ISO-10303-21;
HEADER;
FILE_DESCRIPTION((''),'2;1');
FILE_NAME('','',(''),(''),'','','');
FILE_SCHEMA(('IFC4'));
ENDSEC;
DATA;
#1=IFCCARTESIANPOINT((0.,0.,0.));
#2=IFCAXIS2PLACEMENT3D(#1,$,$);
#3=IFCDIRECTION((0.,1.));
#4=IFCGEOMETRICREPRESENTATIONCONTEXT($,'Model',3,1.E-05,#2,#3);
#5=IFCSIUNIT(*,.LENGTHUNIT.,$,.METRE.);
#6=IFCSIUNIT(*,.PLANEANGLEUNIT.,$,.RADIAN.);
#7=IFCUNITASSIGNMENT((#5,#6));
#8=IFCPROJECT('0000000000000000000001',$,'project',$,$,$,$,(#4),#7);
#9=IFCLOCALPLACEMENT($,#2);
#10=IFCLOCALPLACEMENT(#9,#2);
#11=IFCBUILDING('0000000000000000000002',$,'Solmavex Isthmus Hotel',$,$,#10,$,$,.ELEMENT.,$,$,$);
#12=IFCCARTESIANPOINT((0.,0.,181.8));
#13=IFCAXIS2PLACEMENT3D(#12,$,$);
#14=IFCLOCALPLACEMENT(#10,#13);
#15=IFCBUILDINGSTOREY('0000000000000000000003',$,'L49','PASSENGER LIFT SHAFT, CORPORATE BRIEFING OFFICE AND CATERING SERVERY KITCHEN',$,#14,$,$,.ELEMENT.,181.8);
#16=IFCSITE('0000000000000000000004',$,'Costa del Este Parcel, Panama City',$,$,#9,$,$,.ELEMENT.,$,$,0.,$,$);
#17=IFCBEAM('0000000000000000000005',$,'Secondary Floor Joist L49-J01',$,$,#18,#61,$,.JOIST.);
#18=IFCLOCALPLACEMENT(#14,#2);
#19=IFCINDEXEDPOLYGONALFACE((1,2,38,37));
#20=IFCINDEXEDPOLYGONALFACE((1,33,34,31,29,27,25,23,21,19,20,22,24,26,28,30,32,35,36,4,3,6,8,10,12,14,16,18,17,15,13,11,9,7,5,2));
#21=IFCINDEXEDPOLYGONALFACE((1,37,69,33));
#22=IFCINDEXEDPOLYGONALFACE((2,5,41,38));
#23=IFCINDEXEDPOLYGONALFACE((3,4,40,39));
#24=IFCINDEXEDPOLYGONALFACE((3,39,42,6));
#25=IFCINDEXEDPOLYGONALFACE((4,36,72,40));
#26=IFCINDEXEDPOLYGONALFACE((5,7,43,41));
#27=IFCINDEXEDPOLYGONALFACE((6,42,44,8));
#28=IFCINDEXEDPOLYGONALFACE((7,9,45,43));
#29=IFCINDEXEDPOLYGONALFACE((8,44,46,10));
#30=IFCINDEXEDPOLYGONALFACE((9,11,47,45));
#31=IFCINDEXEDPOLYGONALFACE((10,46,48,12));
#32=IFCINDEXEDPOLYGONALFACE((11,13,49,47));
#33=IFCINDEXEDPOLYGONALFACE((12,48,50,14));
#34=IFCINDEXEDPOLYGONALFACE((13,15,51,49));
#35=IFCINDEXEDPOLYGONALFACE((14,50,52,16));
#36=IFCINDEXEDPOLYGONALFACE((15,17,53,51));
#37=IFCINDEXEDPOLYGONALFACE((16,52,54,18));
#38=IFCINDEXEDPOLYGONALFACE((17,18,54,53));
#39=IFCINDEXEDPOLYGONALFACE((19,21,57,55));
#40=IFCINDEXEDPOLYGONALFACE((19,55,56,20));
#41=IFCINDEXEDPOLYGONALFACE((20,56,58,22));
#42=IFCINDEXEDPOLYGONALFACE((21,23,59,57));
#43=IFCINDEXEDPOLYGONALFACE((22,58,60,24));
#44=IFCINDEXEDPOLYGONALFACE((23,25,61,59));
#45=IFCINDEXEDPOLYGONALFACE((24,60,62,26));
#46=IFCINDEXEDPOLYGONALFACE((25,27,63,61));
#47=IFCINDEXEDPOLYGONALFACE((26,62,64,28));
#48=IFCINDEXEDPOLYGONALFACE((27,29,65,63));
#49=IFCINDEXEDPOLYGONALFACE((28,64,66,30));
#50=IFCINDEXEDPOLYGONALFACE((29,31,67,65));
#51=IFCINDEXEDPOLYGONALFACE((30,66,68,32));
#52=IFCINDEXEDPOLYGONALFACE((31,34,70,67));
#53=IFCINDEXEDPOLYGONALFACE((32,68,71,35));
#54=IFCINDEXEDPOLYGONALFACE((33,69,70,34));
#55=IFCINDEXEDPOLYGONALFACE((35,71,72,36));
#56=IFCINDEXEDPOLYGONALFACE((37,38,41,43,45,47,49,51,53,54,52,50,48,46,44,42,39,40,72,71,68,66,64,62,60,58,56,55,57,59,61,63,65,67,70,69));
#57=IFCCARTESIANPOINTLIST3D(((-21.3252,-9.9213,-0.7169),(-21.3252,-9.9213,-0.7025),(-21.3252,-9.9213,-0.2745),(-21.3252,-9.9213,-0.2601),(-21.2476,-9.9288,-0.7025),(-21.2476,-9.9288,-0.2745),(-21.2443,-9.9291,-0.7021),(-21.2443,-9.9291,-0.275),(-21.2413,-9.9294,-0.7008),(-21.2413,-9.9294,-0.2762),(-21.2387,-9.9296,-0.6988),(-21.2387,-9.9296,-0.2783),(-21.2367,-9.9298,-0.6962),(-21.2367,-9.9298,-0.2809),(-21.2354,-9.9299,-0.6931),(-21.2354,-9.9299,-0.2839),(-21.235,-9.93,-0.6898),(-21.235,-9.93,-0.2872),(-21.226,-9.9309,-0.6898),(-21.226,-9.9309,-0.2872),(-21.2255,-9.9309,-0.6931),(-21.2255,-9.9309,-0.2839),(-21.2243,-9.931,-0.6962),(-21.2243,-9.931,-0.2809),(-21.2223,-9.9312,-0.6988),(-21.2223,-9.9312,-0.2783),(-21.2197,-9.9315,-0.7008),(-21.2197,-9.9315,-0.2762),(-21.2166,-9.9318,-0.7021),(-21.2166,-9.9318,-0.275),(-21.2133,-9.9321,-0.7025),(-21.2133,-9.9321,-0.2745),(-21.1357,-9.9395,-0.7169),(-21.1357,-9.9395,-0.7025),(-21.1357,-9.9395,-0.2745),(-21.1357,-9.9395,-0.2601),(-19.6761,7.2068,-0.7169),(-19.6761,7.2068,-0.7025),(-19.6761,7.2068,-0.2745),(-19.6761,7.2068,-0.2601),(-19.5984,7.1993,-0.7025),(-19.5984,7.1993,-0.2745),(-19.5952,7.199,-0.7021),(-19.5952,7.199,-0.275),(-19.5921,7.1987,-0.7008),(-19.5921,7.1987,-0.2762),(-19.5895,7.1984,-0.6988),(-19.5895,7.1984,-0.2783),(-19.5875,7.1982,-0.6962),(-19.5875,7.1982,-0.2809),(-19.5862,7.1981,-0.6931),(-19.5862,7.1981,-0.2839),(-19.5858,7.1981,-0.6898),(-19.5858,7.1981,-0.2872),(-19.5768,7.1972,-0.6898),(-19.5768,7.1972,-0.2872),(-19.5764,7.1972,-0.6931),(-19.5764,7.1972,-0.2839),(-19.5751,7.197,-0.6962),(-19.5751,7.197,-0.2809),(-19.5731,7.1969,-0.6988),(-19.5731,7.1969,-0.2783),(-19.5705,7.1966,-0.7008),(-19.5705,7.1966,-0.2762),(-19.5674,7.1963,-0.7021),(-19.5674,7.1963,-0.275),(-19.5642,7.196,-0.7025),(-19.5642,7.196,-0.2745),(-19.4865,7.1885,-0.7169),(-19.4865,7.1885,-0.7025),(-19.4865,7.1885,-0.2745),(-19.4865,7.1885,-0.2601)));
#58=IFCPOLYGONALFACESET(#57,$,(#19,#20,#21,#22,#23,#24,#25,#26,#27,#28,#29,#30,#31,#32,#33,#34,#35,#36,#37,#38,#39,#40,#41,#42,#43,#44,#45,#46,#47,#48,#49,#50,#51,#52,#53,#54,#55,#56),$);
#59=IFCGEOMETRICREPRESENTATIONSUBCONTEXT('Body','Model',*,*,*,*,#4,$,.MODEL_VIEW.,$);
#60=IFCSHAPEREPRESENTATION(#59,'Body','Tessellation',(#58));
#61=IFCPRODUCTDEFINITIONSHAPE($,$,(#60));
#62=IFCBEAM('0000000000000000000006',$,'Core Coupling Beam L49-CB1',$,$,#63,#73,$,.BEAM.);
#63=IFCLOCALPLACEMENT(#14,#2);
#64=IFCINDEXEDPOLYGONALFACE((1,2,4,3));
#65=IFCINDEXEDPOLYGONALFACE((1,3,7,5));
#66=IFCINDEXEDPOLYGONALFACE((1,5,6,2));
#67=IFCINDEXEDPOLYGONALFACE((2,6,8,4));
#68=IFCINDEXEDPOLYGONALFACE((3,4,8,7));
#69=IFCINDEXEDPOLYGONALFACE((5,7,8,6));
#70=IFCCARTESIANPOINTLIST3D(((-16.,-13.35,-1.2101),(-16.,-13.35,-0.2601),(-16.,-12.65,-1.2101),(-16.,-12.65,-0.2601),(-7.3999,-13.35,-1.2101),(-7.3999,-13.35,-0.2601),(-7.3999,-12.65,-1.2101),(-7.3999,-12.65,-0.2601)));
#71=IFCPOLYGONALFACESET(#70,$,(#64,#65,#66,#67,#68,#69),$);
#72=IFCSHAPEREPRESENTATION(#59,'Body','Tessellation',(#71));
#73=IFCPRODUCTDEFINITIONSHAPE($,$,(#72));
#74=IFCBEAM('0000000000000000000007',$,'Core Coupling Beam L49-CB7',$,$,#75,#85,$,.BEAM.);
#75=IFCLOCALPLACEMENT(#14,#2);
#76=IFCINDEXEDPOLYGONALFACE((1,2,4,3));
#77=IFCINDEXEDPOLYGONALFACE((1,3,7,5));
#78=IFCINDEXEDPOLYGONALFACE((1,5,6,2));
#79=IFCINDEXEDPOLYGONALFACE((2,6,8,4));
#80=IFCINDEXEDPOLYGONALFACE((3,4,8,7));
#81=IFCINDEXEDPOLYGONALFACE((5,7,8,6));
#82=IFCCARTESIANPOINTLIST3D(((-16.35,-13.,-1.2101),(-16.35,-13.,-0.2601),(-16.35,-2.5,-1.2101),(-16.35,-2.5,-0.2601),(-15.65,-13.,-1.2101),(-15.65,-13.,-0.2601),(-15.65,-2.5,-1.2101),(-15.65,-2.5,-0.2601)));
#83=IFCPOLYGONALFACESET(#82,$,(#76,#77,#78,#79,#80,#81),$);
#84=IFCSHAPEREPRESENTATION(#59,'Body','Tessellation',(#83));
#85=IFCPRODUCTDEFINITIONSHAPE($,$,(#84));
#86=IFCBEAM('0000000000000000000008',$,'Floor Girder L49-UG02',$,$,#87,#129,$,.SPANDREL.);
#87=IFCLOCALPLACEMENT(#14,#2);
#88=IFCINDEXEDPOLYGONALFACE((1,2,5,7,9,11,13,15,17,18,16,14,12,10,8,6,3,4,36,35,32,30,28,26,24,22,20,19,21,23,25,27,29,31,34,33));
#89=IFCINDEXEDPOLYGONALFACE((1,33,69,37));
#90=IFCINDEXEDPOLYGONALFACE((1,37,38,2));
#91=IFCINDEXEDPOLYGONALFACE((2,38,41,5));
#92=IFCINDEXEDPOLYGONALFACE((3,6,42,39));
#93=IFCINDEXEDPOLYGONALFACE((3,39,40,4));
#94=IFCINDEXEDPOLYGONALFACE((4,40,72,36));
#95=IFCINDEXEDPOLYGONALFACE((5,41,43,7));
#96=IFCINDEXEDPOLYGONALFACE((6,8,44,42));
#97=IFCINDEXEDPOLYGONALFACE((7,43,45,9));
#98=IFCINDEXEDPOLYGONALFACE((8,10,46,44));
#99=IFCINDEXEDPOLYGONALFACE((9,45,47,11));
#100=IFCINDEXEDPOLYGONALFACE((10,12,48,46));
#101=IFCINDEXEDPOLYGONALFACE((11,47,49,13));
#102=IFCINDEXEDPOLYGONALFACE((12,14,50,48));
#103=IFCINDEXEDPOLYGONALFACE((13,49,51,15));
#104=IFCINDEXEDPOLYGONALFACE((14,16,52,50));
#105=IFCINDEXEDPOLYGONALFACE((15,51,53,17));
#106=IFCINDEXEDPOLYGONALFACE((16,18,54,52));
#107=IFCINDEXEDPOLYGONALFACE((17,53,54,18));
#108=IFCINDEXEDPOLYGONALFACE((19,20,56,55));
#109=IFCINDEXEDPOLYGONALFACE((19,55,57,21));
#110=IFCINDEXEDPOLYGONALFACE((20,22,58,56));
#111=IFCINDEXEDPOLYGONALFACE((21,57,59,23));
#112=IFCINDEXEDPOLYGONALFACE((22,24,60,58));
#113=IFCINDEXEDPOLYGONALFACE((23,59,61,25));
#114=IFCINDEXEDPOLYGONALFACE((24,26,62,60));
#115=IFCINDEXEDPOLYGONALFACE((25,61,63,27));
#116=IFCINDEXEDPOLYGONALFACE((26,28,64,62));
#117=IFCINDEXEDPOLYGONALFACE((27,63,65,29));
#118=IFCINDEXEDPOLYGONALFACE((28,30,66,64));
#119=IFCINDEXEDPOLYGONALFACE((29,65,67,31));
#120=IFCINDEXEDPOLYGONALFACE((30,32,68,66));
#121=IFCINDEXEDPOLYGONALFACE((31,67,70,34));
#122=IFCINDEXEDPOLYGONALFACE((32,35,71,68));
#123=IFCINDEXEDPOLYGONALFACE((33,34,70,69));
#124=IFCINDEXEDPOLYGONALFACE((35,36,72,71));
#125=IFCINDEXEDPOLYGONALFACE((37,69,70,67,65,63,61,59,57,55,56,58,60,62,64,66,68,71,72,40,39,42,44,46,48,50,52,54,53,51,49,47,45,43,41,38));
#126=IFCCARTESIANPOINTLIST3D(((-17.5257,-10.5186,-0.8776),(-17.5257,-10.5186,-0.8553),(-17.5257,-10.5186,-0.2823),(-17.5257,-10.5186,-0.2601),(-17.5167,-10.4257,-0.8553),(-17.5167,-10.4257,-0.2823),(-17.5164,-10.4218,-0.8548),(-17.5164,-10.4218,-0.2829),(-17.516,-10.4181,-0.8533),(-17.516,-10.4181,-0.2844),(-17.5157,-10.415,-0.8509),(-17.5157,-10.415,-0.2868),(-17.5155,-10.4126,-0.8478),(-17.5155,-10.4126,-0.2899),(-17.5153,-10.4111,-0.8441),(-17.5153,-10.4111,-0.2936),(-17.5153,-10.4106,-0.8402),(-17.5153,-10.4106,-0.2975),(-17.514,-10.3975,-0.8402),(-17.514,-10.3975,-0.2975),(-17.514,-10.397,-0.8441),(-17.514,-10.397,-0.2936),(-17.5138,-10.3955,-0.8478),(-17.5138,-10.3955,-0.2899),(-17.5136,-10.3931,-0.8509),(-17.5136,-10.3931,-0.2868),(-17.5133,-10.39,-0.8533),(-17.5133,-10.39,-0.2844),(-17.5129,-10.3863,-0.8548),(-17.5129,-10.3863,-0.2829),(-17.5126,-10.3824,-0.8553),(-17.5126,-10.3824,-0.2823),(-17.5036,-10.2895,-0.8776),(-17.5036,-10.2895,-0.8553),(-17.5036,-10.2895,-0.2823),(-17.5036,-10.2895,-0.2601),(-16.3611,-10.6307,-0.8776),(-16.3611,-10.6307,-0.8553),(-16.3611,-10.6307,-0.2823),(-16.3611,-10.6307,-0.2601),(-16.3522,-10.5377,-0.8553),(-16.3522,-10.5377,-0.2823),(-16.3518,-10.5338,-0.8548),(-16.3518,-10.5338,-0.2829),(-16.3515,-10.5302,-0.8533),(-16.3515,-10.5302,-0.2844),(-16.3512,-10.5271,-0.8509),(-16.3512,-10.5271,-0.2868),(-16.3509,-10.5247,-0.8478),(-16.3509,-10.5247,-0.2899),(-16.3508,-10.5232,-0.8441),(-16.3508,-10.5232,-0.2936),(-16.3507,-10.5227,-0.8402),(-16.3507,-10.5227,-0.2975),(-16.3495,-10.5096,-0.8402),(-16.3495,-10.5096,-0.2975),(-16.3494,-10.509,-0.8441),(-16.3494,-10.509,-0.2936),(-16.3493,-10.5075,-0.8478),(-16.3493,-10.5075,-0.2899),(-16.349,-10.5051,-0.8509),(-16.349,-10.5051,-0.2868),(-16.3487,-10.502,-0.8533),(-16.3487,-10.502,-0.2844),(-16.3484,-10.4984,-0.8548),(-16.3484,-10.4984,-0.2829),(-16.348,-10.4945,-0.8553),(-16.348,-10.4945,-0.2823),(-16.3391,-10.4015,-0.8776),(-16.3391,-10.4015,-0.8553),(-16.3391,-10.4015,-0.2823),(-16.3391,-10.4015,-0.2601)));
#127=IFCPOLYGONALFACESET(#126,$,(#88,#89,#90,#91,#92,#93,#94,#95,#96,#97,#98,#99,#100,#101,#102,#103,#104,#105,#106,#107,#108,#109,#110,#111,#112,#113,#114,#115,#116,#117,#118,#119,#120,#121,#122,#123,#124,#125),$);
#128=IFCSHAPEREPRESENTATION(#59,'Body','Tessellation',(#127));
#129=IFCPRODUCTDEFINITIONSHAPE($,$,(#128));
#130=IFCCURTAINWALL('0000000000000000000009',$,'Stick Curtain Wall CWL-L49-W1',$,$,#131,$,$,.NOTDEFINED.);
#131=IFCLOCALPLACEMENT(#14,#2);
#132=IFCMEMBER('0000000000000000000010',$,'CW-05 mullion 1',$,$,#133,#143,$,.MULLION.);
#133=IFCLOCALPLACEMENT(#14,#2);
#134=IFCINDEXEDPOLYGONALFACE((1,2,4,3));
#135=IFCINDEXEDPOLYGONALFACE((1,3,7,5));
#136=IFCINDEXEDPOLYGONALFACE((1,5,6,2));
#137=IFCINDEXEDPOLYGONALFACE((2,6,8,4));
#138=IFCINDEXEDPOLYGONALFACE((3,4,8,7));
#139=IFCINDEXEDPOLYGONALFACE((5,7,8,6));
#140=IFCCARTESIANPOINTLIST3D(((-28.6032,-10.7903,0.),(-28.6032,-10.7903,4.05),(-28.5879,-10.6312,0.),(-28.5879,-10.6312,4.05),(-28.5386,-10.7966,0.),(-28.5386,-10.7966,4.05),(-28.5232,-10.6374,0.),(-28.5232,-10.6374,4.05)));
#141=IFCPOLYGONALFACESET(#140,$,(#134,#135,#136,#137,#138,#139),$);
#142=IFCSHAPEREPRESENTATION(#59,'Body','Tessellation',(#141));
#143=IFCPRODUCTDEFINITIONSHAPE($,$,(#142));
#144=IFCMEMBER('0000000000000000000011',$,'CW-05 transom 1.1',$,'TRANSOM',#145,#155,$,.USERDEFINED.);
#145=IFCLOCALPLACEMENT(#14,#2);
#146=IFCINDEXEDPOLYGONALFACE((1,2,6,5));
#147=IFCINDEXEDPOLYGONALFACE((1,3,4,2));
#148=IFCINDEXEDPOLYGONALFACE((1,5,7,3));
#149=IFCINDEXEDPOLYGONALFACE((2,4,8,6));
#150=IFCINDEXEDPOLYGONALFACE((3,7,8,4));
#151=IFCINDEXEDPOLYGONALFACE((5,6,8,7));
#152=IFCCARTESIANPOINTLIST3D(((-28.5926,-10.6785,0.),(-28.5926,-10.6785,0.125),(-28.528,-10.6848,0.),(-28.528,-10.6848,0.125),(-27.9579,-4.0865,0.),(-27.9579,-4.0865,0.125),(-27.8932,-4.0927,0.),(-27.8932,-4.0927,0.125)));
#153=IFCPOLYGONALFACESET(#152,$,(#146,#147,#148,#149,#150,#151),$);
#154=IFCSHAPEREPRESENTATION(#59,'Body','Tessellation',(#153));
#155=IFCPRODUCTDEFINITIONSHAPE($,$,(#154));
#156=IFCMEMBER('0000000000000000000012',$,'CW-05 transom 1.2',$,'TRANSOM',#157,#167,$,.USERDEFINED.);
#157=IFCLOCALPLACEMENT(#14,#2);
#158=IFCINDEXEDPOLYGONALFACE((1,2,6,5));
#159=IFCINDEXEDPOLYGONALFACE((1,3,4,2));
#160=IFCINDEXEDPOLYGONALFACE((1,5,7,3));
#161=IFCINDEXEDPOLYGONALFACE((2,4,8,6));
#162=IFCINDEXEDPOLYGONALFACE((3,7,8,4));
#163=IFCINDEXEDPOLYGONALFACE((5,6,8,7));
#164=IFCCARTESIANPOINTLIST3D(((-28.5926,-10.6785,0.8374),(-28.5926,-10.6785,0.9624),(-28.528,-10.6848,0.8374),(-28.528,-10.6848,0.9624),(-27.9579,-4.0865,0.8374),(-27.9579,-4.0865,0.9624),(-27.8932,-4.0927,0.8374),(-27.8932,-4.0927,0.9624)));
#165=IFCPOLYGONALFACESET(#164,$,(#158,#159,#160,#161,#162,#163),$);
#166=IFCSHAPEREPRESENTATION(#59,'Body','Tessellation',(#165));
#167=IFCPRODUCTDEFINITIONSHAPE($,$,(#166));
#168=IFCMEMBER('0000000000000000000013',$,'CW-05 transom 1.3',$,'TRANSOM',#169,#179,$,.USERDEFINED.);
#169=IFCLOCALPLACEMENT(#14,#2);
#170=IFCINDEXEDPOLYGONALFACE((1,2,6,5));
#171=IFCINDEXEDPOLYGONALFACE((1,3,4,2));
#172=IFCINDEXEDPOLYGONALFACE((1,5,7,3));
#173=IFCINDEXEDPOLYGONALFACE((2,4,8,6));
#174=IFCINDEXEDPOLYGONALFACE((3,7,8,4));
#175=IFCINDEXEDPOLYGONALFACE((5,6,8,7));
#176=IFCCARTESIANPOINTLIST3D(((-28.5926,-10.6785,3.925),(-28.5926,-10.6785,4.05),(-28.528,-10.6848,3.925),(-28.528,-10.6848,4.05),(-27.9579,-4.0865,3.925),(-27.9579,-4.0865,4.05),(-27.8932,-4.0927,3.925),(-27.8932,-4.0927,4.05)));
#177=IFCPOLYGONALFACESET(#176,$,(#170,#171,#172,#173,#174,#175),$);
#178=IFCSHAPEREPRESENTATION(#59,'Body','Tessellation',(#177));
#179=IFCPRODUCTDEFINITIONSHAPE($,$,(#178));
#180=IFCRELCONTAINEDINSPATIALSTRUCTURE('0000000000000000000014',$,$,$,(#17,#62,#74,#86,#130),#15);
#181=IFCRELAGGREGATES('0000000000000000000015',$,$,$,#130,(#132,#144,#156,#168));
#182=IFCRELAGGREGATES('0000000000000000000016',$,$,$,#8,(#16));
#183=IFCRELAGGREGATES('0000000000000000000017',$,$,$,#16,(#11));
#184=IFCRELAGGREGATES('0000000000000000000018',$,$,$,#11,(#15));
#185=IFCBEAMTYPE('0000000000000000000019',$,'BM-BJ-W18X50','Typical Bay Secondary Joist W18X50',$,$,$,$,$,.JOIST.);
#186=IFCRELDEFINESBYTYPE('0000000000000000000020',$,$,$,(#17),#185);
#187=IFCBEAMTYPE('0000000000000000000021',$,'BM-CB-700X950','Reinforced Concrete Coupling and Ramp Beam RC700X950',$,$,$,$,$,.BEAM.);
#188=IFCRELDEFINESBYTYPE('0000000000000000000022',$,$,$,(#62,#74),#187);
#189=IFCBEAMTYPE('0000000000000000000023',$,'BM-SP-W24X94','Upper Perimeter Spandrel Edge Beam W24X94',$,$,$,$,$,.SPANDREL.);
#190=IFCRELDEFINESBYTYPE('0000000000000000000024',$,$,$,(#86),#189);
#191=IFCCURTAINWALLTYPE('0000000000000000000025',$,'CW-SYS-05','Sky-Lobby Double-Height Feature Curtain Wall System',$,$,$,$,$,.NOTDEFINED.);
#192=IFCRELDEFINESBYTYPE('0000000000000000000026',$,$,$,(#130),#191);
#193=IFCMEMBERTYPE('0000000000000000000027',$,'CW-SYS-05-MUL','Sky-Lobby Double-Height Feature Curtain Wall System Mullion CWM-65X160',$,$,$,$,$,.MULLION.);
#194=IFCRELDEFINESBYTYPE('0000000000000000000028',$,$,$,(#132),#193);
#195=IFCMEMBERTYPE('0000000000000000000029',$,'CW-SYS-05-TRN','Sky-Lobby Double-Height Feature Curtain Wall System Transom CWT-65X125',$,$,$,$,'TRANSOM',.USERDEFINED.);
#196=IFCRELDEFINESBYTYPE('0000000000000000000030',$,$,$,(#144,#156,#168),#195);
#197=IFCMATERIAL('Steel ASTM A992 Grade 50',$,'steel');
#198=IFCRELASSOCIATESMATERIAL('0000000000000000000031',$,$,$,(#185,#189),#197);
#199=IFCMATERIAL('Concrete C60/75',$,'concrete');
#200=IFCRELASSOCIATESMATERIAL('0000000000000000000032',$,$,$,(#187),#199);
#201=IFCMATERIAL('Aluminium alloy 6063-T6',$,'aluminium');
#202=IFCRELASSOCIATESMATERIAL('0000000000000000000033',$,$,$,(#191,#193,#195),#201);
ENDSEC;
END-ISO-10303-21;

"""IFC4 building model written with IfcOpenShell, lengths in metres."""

from ifc_helpers import new_model, si_unit, direction, frame, origin, origin_2d, place, context, subcontext, project, spatial, rectangle, i_section, extrude, material, material_profile, profile_set, type_object, element, aggregate, save


model = new_model("IFC4")

# Units and contexts
model_context = context("Model", 3, precision=1e-05, world=origin(), true_north=direction((0.0, 1.0)))
body_context = subcontext(model_context, "Body", "Model", "MODEL_VIEW")
ifc_project = project(units=[si_unit("LENGTHUNIT", "METRE"), si_unit("PLANEANGLEUNIT", "RADIAN")], contexts=[model_context])

# Site, building, storey
site_placement = place(None, origin())
site = spatial("IfcSite", under=ifc_project, at=site_placement, Name="Costa del Este Parcel, Panama City", CompositionType="ELEMENT", RefElevation=0.0)
building_placement = place(site_placement, origin())
building = spatial("IfcBuilding", under=site, at=building_placement, Name="Solmavex Isthmus Hotel", CompositionType="ELEMENT")
storey_placement = place(building_placement, frame((0.0, 0.0, 181.8)))
storey = spatial("IfcBuildingStorey", under=building, at=storey_placement, Name="L49", Description="PASSENGER LIFT SHAFT, CORPORATE BRIEFING OFFICE AND CATERING SERVERY KITCHEN", CompositionType="ELEMENT", Elevation=181.8)

# Shared definitions
ifc_material_1 = material(Name="Concrete C60/75", Category="concrete")

# Beams
ifc_material_2 = material(Name="Steel ASTM A992 Grade 50", Category="steel")
ifc_material_profile_1 = material_profile(ifc_material_2, i_section(OverallWidth=0.1904, OverallDepth=0.4568, WebThickness=0.009, FlangeThickness=0.0144, FilletRadius=0.0127, at=origin_2d()), Name="W18X50")
ifc_profile_set_1 = profile_set([ifc_material_profile_1], Name="Steel ASTM A992 Grade 50")
beam_type_1 = type_object("IfcBeamType", Name="BM-BJ-W18X50", Description="Typical Bay Secondary Joist W18X50", PredefinedType="JOIST", material=ifc_profile_set_1)
beam_1_placement = place(storey_placement, frame((-21.2305, -9.9304, -0.4885), z_axis=(0.095841, 0.995397, 0.0), x_axis=(-0.995397, 0.095841, 0.0)))
element("IfcBeam", 1, at=beam_1_placement, inside=storey, type_object=beam_type_1, Name="Secondary Floor Joist L49-J01", PredefinedType="JOIST", context=body_context, shape_type="SweptSolid", body=[
    extrude(i_section(OverallWidth=0.1904, OverallDepth=0.4568, WebThickness=0.009, FlangeThickness=0.0144, FilletRadius=0.0127, at=origin_2d()), origin(), (0.0, 0.0, 1.0), 17.2073),
])
ifc_material_profile_2 = material_profile(ifc_material_1, rectangle(XDim=0.7, YDim=0.95, at=origin_2d()), Name="RC700X950")
ifc_profile_set_2 = profile_set([ifc_material_profile_2], Name="Concrete C60/75")
beam_type_2 = type_object("IfcBeamType", Name="BM-CB-700X950", Description="Reinforced Concrete Coupling and Ramp Beam RC700X950", PredefinedType="BEAM", material=ifc_profile_set_2)
beam_2_placement = place(storey_placement, frame((-16.0, -13.0, -0.7351), z_axis=(1.0, 0.0, 0.0), x_axis=(0.0, 1.0, 0.0)))
element("IfcBeam", 2, at=beam_2_placement, inside=storey, type_object=beam_type_2, Name="Core Coupling Beam L49-CB1", PredefinedType="BEAM", context=body_context, shape_type="SweptSolid", body=[
    extrude(rectangle(XDim=0.7, YDim=0.95, at=origin_2d()), origin(), (0.0, 0.0, 1.0), 8.6001),
])
beam_3_placement = place(storey_placement, frame((-16.0, -13.0, -0.7351), z_axis=(0.0, 1.0, 0.0), x_axis=(-1.0, 0.0, 0.0)))
element("IfcBeam", 3, at=beam_3_placement, inside=storey, type_object=beam_type_2, Name="Core Coupling Beam L49-CB7", PredefinedType="BEAM", context=body_context, shape_type="SweptSolid", body=[
    extrude(rectangle(XDim=0.7, YDim=0.95, at=origin_2d()), origin(), (0.0, 0.0, 1.0), 10.5),
])
ifc_material_profile_3 = material_profile(ifc_material_2, i_section(OverallWidth=0.2302, OverallDepth=0.6174, WebThickness=0.0132, FlangeThickness=0.0222, FilletRadius=0.0151, at=origin_2d()), Name="W24X94")
ifc_profile_set_3 = profile_set([ifc_material_profile_3], Name="Steel ASTM A992 Grade 50")
beam_type_3 = type_object("IfcBeamType", Name="BM-SP-W24X94", Description="Upper Perimeter Spandrel Edge Beam W24X94", PredefinedType="SPANDREL", material=ifc_profile_set_3)
beam_4_placement = place(storey_placement, frame((-17.5146, -10.4041, -0.5688), z_axis=(0.995402, -0.095784, 0.0), x_axis=(0.095784, 0.995402, 0.0)))
element("IfcBeam", 4, at=beam_4_placement, inside=storey, type_object=beam_type_3, Name="Floor Girder L49-UG02", PredefinedType="SPANDREL", context=body_context, shape_type="SweptSolid", body=[
    extrude(i_section(OverallWidth=0.2302, OverallDepth=0.6174, WebThickness=0.0132, FlangeThickness=0.0222, FilletRadius=0.0151, at=origin_2d()), origin(), (0.0, 0.0, 1.0), 1.1699),
])

# Curtain wall, members
ifc_material_3 = material(Name="Aluminium alloy 6063-T6", Category="aluminium")
curtain_wall_type = type_object("IfcCurtainWallType", Name="CW-SYS-05", Description="Sky-Lobby Double-Height Feature Curtain Wall System", PredefinedType="NOTDEFINED", material=ifc_material_3)
curtain_wall_placement = place(storey_placement, origin())
curtain_wall = element("IfcCurtainWall", 5, at=curtain_wall_placement, inside=storey, type_object=curtain_wall_type, Name="Stick Curtain Wall CWL-L49-W1", PredefinedType="NOTDEFINED")
ifc_material_profile_4 = material_profile(ifc_material_3, rectangle(XDim=0.0649, YDim=0.1599, at=origin_2d()), Name="CWM-65X160")
ifc_profile_set_4 = profile_set([ifc_material_profile_4], Name="Aluminium alloy 6063-T6")
member_type_1 = type_object("IfcMemberType", Name="CW-SYS-05-MUL", Description="Sky-Lobby Double-Height Feature Curtain Wall System Mullion CWM-65X160", PredefinedType="MULLION", material=ifc_profile_set_4)
member_1_placement = place(storey_placement, frame((-28.5632, -10.7139, 0.0), z_axis=(0.0, 0.0, 1.0), x_axis=(-0.995396, 0.095846, 0.0)))
member_1 = element("IfcMember", 6, at=member_1_placement, type_object=member_type_1, Name="CW-05 mullion 1", PredefinedType="MULLION", context=body_context, shape_type="SweptSolid", body=[
    extrude(rectangle(XDim=0.0649, YDim=0.1599, at=origin_2d()), origin(), (0.0, 0.0, 1.0), 4.05),
])
ifc_material_profile_5 = material_profile(ifc_material_3, rectangle(XDim=0.0649, YDim=0.125, at=origin_2d()), Name="CWT-65X125")
ifc_profile_set_5 = profile_set([ifc_material_profile_5], Name="Aluminium alloy 6063-T6")
member_type_2 = type_object("IfcMemberType", Name="CW-SYS-05-TRN", Description="Sky-Lobby Double-Height Feature Curtain Wall System Transom CWT-65X125", ElementType="TRANSOM", PredefinedType="USERDEFINED", material=ifc_profile_set_5)
member_2_placement = place(storey_placement, frame((-28.5603, -10.6816, 0.0625), z_axis=(0.095849, 0.995396, 0.0), x_axis=(-0.995396, 0.095849, 0.0)))
member_2 = element("IfcMember", 7, at=member_2_placement, type_object=member_type_2, Name="CW-05 transom 1.1", ObjectType="TRANSOM", PredefinedType="USERDEFINED", context=body_context, shape_type="SweptSolid", body=[
    extrude(rectangle(XDim=0.0649, YDim=0.125, at=origin_2d()), origin(), (0.0, 0.0, 1.0), 6.6226),
])
member_3_placement = place(storey_placement, frame((-28.5603, -10.6816, 0.8999), z_axis=(0.095849, 0.995396, 0.0), x_axis=(-0.995396, 0.095849, 0.0)))
member_3 = element("IfcMember", 8, at=member_3_placement, type_object=member_type_2, Name="CW-05 transom 1.2", ObjectType="TRANSOM", PredefinedType="USERDEFINED", context=body_context, shape_type="SweptSolid", body=[
    extrude(rectangle(XDim=0.0649, YDim=0.125, at=origin_2d()), origin(), (0.0, 0.0, 1.0), 6.6226),
])
member_4_placement = place(storey_placement, frame((-28.5603, -10.6816, 3.9875), z_axis=(0.095849, 0.995396, 0.0), x_axis=(-0.995396, 0.095849, 0.0)))
member_4 = element("IfcMember", 9, at=member_4_placement, type_object=member_type_2, Name="CW-05 transom 1.3", ObjectType="TRANSOM", PredefinedType="USERDEFINED", context=body_context, shape_type="SweptSolid", body=[
    extrude(rectangle(XDim=0.0649, YDim=0.125, at=origin_2d()), origin(), (0.0, 0.0, 1.0), 6.6226),
])
aggregate(curtain_wall, [member_1, member_2, member_3, member_4])

save(model, "model.ifc")
